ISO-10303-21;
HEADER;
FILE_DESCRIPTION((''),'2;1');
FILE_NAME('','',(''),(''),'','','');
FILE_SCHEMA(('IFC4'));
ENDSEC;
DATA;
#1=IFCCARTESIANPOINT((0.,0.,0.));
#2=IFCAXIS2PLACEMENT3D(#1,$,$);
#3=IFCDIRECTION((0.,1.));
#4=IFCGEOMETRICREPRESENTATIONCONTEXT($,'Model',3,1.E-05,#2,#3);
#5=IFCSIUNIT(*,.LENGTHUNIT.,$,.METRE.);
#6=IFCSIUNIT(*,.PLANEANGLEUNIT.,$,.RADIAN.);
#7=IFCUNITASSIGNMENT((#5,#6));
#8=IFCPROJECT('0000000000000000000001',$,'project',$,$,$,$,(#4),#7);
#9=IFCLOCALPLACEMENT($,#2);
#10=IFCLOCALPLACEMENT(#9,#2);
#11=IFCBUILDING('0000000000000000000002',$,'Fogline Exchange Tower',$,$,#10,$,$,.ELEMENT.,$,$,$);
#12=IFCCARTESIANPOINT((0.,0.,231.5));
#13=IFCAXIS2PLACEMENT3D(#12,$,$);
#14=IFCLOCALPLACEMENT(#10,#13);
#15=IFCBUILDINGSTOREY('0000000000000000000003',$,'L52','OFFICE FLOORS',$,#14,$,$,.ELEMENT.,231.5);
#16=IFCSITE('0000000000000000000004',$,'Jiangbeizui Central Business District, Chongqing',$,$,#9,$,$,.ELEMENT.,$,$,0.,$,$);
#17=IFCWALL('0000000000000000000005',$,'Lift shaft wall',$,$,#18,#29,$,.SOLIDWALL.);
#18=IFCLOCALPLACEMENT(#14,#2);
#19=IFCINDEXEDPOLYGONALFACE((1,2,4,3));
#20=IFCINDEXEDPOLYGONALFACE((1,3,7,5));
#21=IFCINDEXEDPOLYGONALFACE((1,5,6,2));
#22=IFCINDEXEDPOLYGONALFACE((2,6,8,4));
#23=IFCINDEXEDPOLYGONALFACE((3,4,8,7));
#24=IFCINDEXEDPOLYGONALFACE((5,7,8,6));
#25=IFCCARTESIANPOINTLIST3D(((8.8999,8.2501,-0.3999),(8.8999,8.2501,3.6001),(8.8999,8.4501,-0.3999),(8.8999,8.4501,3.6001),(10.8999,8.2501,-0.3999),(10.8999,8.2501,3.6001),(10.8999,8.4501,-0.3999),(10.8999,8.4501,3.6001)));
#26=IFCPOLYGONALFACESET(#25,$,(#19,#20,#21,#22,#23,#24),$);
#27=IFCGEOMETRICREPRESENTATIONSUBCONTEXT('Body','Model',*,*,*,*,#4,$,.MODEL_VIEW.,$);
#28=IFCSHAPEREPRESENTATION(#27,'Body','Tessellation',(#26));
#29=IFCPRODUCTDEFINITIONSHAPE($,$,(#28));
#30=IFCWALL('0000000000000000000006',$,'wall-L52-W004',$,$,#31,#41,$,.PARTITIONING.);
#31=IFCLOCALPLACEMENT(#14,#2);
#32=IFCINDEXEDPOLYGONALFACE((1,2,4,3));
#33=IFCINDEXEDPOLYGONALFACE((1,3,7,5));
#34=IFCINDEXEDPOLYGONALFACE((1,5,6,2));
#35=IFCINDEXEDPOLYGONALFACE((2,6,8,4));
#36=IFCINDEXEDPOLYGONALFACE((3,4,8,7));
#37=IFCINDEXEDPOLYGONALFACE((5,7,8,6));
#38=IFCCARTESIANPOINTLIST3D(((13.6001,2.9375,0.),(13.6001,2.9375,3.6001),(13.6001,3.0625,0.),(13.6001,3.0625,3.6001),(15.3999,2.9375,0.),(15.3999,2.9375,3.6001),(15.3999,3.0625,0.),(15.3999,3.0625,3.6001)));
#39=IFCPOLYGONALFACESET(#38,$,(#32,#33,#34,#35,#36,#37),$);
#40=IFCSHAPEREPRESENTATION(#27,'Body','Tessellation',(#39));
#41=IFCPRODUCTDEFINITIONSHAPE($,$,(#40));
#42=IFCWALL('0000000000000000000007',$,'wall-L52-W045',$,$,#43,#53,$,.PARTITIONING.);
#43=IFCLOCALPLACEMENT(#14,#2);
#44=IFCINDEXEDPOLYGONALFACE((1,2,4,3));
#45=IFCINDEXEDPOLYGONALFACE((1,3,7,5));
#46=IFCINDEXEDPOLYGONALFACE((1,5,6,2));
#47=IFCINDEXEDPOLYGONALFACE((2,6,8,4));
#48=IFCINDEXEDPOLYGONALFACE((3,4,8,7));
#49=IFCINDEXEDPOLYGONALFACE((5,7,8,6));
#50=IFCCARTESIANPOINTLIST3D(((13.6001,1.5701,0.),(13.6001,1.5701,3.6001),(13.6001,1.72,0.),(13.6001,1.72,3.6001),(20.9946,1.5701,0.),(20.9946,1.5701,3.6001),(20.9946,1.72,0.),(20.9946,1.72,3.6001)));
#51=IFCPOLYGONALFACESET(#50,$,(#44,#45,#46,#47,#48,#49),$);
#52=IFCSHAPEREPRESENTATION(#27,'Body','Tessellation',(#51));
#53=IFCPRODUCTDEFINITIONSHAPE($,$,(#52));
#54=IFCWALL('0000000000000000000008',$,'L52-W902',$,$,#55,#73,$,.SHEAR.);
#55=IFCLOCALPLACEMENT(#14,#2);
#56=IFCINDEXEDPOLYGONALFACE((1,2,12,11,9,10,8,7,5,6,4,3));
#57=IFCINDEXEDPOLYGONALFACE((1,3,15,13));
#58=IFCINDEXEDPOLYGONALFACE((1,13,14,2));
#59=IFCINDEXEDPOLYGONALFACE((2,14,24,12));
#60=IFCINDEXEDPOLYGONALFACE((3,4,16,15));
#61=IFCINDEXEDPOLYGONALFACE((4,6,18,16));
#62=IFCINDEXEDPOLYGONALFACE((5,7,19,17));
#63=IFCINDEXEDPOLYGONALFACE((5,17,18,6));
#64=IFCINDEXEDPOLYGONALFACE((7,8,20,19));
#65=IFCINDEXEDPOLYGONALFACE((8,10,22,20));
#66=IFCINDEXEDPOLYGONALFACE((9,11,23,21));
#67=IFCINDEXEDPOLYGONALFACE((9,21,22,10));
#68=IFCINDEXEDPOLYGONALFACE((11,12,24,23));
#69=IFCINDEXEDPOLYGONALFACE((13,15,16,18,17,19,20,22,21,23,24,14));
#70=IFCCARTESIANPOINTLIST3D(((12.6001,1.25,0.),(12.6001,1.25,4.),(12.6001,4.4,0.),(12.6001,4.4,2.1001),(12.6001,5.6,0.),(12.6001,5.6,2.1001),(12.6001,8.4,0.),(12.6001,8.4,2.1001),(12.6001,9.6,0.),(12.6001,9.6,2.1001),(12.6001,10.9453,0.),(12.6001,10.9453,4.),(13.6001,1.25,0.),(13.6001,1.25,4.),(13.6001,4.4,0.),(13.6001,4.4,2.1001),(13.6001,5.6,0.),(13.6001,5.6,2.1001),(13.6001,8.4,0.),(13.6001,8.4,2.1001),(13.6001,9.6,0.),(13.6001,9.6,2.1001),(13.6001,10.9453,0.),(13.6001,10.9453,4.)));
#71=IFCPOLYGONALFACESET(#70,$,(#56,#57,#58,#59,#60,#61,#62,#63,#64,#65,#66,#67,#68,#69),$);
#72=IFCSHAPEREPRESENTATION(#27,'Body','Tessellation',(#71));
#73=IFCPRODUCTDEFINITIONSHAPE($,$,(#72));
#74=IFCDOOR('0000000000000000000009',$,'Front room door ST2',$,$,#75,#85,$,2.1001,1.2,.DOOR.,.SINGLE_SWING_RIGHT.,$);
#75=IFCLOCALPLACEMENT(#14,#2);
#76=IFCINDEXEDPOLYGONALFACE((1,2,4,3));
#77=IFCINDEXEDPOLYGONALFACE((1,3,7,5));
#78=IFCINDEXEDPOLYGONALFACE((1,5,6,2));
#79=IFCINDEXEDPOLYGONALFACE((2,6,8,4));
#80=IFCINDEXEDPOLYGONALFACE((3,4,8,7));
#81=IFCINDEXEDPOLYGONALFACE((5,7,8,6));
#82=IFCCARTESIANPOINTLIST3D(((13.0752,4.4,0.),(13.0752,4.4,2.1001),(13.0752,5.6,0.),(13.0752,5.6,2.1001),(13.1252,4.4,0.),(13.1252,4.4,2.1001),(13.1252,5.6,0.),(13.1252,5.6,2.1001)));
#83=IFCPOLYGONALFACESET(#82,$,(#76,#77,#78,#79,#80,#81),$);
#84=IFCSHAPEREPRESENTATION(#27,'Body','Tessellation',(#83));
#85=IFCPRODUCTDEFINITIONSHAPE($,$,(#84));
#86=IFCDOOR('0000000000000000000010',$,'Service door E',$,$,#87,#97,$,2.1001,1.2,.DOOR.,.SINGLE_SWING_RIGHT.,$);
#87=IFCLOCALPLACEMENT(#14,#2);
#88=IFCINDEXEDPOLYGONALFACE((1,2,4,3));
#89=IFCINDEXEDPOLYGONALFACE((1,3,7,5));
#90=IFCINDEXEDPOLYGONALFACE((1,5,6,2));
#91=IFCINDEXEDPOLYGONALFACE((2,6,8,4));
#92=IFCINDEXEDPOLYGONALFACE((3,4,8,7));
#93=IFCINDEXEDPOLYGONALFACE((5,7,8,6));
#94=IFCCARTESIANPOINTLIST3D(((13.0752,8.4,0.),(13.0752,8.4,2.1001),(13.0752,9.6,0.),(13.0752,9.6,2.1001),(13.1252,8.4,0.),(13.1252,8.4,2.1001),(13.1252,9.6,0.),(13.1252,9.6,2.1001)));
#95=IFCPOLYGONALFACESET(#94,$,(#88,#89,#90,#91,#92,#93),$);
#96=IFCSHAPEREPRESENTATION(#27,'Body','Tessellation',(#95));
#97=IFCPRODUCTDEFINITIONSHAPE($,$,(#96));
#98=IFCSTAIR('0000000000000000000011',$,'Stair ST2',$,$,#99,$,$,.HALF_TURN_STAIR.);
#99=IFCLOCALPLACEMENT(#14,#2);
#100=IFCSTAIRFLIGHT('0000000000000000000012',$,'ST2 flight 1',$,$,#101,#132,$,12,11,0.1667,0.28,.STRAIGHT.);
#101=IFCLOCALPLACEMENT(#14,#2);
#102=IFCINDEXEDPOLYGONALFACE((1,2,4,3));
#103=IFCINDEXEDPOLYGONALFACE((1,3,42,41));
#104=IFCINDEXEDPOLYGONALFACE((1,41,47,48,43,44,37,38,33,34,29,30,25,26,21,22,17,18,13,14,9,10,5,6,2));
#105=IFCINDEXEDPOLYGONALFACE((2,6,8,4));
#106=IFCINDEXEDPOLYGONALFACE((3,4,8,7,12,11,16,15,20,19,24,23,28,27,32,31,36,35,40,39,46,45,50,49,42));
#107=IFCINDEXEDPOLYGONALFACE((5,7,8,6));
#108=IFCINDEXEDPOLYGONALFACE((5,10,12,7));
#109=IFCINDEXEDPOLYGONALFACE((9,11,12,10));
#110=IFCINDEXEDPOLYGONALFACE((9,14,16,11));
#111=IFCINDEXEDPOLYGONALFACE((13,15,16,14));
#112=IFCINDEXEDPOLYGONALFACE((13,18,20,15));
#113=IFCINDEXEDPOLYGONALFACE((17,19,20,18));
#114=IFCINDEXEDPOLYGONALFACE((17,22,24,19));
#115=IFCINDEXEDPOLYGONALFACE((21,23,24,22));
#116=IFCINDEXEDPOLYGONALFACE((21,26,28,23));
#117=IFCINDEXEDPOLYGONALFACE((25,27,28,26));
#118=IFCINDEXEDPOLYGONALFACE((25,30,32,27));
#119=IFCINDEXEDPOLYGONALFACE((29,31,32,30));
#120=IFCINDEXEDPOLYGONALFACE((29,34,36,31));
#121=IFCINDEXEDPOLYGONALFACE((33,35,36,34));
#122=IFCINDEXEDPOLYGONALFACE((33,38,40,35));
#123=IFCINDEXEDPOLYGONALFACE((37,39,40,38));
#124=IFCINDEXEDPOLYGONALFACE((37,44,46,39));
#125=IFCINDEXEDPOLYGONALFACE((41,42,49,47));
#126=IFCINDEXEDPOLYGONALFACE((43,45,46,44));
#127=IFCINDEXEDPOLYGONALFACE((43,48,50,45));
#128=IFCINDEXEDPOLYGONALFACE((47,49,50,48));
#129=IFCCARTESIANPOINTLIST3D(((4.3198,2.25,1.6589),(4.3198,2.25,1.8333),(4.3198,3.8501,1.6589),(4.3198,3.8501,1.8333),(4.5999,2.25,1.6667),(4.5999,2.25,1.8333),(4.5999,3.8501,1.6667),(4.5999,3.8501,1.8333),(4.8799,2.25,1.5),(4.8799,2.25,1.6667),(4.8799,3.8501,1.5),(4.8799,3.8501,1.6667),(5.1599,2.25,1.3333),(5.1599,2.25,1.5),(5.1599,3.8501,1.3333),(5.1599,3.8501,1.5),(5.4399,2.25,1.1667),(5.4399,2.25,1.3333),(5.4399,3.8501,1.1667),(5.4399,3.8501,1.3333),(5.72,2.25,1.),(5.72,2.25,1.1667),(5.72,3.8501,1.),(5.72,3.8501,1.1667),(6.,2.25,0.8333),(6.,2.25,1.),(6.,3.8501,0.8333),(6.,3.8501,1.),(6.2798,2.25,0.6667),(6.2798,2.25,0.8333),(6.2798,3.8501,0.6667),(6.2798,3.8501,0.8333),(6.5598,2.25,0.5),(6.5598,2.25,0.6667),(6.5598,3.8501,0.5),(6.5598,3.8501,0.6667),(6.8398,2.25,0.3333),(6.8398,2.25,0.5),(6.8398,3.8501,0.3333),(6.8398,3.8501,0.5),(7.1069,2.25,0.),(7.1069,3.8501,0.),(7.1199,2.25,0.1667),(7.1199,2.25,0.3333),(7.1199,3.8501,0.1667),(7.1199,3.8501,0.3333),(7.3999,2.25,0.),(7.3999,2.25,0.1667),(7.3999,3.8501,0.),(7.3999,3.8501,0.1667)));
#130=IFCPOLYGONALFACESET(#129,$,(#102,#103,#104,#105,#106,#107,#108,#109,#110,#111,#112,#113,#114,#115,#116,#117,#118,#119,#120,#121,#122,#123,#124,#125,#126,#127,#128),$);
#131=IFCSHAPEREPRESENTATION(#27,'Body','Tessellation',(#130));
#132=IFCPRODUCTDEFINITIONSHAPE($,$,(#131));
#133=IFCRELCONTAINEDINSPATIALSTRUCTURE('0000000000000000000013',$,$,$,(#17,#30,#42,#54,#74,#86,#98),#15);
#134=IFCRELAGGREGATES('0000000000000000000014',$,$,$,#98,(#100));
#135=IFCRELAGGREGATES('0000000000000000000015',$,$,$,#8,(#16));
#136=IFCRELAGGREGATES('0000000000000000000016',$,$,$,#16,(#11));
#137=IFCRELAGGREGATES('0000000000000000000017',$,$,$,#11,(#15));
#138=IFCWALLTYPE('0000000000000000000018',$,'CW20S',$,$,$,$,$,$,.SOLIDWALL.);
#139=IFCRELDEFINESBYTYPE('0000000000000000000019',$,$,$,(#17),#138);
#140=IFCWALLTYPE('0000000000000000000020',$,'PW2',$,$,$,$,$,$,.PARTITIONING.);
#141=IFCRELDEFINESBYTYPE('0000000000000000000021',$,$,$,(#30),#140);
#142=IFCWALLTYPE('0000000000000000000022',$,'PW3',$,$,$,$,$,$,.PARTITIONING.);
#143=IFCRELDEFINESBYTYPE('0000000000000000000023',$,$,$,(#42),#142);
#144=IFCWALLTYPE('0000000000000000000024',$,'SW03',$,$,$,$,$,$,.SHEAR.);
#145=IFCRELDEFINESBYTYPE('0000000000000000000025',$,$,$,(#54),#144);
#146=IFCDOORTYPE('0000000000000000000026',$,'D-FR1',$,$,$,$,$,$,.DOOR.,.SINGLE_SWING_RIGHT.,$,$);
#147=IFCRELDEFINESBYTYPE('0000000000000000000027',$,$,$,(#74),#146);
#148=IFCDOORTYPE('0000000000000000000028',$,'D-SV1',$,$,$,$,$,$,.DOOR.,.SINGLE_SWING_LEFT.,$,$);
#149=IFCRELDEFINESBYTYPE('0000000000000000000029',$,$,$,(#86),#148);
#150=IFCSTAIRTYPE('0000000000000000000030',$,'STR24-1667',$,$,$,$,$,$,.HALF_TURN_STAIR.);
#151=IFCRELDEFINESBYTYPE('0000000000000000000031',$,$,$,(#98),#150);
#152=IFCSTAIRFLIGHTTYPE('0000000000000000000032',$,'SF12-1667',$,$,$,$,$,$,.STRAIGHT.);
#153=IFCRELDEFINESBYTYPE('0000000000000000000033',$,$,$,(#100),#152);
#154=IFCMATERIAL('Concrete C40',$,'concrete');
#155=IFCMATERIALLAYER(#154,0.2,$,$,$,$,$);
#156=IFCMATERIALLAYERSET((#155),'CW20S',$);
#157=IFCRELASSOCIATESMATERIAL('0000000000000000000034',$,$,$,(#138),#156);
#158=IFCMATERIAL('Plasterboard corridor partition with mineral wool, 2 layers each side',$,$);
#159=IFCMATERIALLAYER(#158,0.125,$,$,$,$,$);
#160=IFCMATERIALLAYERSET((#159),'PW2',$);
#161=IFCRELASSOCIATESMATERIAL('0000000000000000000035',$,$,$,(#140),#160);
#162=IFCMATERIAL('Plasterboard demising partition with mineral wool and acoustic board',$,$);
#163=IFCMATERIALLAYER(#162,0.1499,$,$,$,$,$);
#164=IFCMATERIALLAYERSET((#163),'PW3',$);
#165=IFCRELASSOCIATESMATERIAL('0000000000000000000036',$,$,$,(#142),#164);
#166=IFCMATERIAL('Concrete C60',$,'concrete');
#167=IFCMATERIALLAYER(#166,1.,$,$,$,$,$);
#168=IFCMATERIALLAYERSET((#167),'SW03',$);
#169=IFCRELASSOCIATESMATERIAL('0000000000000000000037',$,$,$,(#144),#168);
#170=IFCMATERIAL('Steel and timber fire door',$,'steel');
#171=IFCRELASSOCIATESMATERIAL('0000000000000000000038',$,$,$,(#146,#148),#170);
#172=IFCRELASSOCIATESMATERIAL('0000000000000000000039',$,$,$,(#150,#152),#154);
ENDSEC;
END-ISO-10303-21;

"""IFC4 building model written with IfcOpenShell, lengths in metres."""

from ifc_helpers import new_model, si_unit, direction, frame, frame_2d, origin, place, context, subcontext, project, spatial, polyline, rectangle, outline, extrude, material, layer, layer_set, type_object, element, fill, aggregate, save


model = new_model("IFC4")

# Units and contexts
model_context = context("Model", 3, precision=1e-05, world=origin(), true_north=direction((0.0, 1.0)))
body_context = subcontext(model_context, "Body", "Model", "MODEL_VIEW")
ifc_project = project(units=[si_unit("LENGTHUNIT", "METRE"), si_unit("PLANEANGLEUNIT", "RADIAN")], contexts=[model_context])

# Site, building, storey
site_placement = place(None, origin())
site = spatial("IfcSite", under=ifc_project, at=site_placement, Name="Jiangbeizui Central Business District, Chongqing", CompositionType="ELEMENT", RefElevation=0.0)
building_placement = place(site_placement, origin())
building = spatial("IfcBuilding", under=site, at=building_placement, Name="Fogline Exchange Tower", CompositionType="ELEMENT")
storey_placement = place(building_placement, frame((0.0, 0.0, 231.5)))
storey = spatial("IfcBuildingStorey", under=building, at=storey_placement, Name="L52", Description="OFFICE FLOORS", CompositionType="ELEMENT", Elevation=231.5)

# Shared definitions
ifc_material_1 = material(Name="Concrete C60", Category="concrete")

# Shared definitions
ifc_material_2 = material(Name="Concrete C40", Category="concrete")

# Shared definitions
ifc_material_3 = material(Name="Steel and timber fire door", Category="steel")

# Walls
ifc_layer_1 = layer(ifc_material_2, 0.2)
ifc_layer_set_1 = layer_set([ifc_layer_1], Name="CW20S")
wall_type_1 = type_object("IfcWallType", Name="CW20S", PredefinedType="SOLIDWALL", material=ifc_layer_set_1)
wall_1_placement = place(storey_placement, frame((8.8999, 8.3501, -0.3999), z_axis=(0.0, 0.0, 1.0), x_axis=(1.0, 0.0, 0.0)))
element("IfcWall", 1, at=wall_1_placement, inside=storey, type_object=wall_type_1, Name="Lift shaft wall", PredefinedType="SOLIDWALL", context=body_context, shape_type="SweptSolid", body=[
    extrude(rectangle(XDim=2.0, YDim=0.2, at=frame_2d((1.0, 0.0))), origin(), (0.0, 0.0, 1.0), 4.0),
])
ifc_material_4 = material(Name="Plasterboard corridor partition with mineral wool, 2 layers each side")
ifc_layer_2 = layer(ifc_material_4, 0.125)
ifc_layer_set_2 = layer_set([ifc_layer_2], Name="PW2")
wall_type_2 = type_object("IfcWallType", Name="PW2", PredefinedType="PARTITIONING", material=ifc_layer_set_2)
wall_2_placement = place(storey_placement, frame((15.3999, 3.0, 0.0), z_axis=(0.0, 0.0, 1.0), x_axis=(-1.0, 0.0, 0.0)))
element("IfcWall", 2, at=wall_2_placement, inside=storey, type_object=wall_type_2, Name="wall-L52-W004", PredefinedType="PARTITIONING", context=body_context, shape_type="SweptSolid", body=[
    extrude(rectangle(XDim=1.7998, YDim=0.125, at=frame_2d((0.8999, 0.0))), origin(), (0.0, 0.0, 1.0), 3.6001),
])
ifc_material_5 = material(Name="Plasterboard demising partition with mineral wool and acoustic board")
ifc_layer_3 = layer(ifc_material_5, 0.1499)
ifc_layer_set_3 = layer_set([ifc_layer_3], Name="PW3")
wall_type_3 = type_object("IfcWallType", Name="PW3", PredefinedType="PARTITIONING", material=ifc_layer_set_3)
wall_3_placement = place(storey_placement, frame((13.6001, 1.645, 0.0), z_axis=(0.0, 0.0, 1.0), x_axis=(1.0, 0.0, 0.0)))
element("IfcWall", 3, at=wall_3_placement, inside=storey, type_object=wall_type_3, Name="wall-L52-W045", PredefinedType="PARTITIONING", context=body_context, shape_type="SweptSolid", body=[
    extrude(rectangle(XDim=7.3945, YDim=0.1499, at=frame_2d((3.6973, 0.0))), origin(), (0.0, 0.0, 1.0), 3.6001),
])

# Wall, openings, doors
ifc_layer_4 = layer(ifc_material_1, 1.0)
ifc_layer_set_4 = layer_set([ifc_layer_4], Name="SW03")
wall_type_4 = type_object("IfcWallType", Name="SW03", PredefinedType="SHEAR", material=ifc_layer_set_4)
wall_4_placement = place(storey_placement, frame((13.1001, 1.25, 0.0), z_axis=(0.0, 0.0, 1.0), x_axis=(0.0, 1.0, 0.0)))
wall_4 = element("IfcWall", 4, at=wall_4_placement, inside=storey, type_object=wall_type_4, Name="L52-W902", PredefinedType="SHEAR", context=body_context, shape_type="SweptSolid", body=[
    extrude(rectangle(XDim=9.6953, YDim=1.0, at=frame_2d((4.8477, 0.0))), origin(), (0.0, 0.0, 1.0), 4.0),
])
opening_1_placement = place(wall_4_placement, frame((3.1499, 0.0, 0.0)))
opening_1 = element("IfcOpeningElement", 5, at=opening_1_placement, cuts=wall_4, PredefinedType="OPENING", context=body_context, shape_type="SweptSolid", body=[
    extrude(rectangle(XDim=1.2, YDim=2.1001, at=frame_2d((0.6001, 1.05))), frame((0.0, 0.51, 0.0), z_axis=(0.0, -1.0, 0.0), x_axis=(1.0, 0.0, 0.0)), (0.0, 0.0, 1.0), 1.02),
])
opening_2_placement = place(wall_4_placement, frame((7.1499, 0.0, 0.0)))
opening_2 = element("IfcOpeningElement", 6, at=opening_2_placement, cuts=wall_4, PredefinedType="OPENING", context=body_context, shape_type="SweptSolid", body=[
    extrude(rectangle(XDim=1.2, YDim=2.1001, at=frame_2d((0.6001, 1.05))), frame((0.0, 0.51, 0.0), z_axis=(0.0, -1.0, 0.0), x_axis=(1.0, 0.0, 0.0)), (0.0, 0.0, 1.0), 1.02),
])
door_type_1 = type_object("IfcDoorType", Name="D-FR1", OperationType="SINGLE_SWING_RIGHT", PredefinedType="DOOR", material=ifc_material_3)
door_1_placement = place(opening_1_placement, origin())
door_1 = element("IfcDoor", 7, at=door_1_placement, inside=storey, type_object=door_type_1, Name="Front room door ST2", OperationType="SINGLE_SWING_RIGHT", OverallHeight=2.1001, OverallWidth=1.2, PredefinedType="DOOR", context=body_context, shape_type="SweptSolid", body=[
    extrude(rectangle(XDim=1.2, YDim=2.1001, at=frame_2d((0.6001, 1.05))), frame((0.0, 0.0249, 0.0), z_axis=(0.0, -1.0, 0.0), x_axis=(1.0, 0.0, 0.0)), (0.0, 0.0, 1.0), 0.05),
])
fill(opening_1, door_1)
door_type_2 = type_object("IfcDoorType", Name="D-SV1", OperationType="SINGLE_SWING_LEFT", PredefinedType="DOOR", material=ifc_material_3)
door_2_placement = place(opening_2_placement, origin())
door_2 = element("IfcDoor", 8, at=door_2_placement, inside=storey, type_object=door_type_2, Name="Service door E", OperationType="SINGLE_SWING_RIGHT", OverallHeight=2.1001, OverallWidth=1.2, PredefinedType="DOOR", context=body_context, shape_type="SweptSolid", body=[
    extrude(rectangle(XDim=1.2, YDim=2.1001, at=frame_2d((0.6001, 1.05))), frame((0.0, 0.0249, 0.0), z_axis=(0.0, -1.0, 0.0), x_axis=(1.0, 0.0, 0.0)), (0.0, 0.0, 1.0), 0.05),
])
fill(opening_2, door_2)

# Stair, stair flight
stair_type = type_object("IfcStairType", Name="STR24-1667", PredefinedType="HALF_TURN_STAIR", material=ifc_material_2)
stair_placement = place(storey_placement, origin())
stair = element("IfcStair", 9, at=stair_placement, inside=storey, type_object=stair_type, Name="Stair ST2", PredefinedType="HALF_TURN_STAIR")
stair_flight_type = type_object("IfcStairFlightType", Name="SF12-1667", PredefinedType="STRAIGHT", material=ifc_material_2)
stair_flight_placement = place(storey_placement, frame((7.3999, 3.05, 0.0), z_axis=(0.0, 0.0, 1.0), x_axis=(-1.0, 0.0, 0.0)))
stair_flight = element("IfcStairFlight", 10, at=stair_flight_placement, type_object=stair_flight_type, Name="ST2 flight 1", NumberOfRisers=12, NumberOfTreads=11, PredefinedType="STRAIGHT", RiserHeight=0.1667, TreadLength=0.28, context=body_context, shape_type="SweptSolid", body=[
    extrude(outline(polyline([(0.0, 0.0), (0.0, 0.1667), (0.28, 0.1667), (0.28, 0.3333), (0.5601, 0.3333), (0.5601, 0.5), (0.8401, 0.5), (0.8401, 0.6667), (1.1201, 0.6667), (1.1201, 0.8333), (1.3999, 0.8333), (1.3999, 1.0), (1.6799, 1.0), (1.6799, 1.1667), (1.96, 1.1667), (1.96, 1.3333), (2.24, 1.3333), (2.24, 1.5), (2.52, 1.5), (2.52, 1.6667), (2.8, 1.6667), (2.8, 1.8333), (3.0801, 1.8333), (3.0801, 2.0), (3.0801, 1.6589), (0.293, 0.0), (0.0, 0.0)])), frame((0.0, 0.8, 0.0), z_axis=(0.0, -1.0, 0.0), x_axis=(1.0, 0.0, 0.0)), (0.0, 0.0, 1.0), 1.6001),
])
aggregate(stair, [stair_flight])

save(model, "model.ifc")
